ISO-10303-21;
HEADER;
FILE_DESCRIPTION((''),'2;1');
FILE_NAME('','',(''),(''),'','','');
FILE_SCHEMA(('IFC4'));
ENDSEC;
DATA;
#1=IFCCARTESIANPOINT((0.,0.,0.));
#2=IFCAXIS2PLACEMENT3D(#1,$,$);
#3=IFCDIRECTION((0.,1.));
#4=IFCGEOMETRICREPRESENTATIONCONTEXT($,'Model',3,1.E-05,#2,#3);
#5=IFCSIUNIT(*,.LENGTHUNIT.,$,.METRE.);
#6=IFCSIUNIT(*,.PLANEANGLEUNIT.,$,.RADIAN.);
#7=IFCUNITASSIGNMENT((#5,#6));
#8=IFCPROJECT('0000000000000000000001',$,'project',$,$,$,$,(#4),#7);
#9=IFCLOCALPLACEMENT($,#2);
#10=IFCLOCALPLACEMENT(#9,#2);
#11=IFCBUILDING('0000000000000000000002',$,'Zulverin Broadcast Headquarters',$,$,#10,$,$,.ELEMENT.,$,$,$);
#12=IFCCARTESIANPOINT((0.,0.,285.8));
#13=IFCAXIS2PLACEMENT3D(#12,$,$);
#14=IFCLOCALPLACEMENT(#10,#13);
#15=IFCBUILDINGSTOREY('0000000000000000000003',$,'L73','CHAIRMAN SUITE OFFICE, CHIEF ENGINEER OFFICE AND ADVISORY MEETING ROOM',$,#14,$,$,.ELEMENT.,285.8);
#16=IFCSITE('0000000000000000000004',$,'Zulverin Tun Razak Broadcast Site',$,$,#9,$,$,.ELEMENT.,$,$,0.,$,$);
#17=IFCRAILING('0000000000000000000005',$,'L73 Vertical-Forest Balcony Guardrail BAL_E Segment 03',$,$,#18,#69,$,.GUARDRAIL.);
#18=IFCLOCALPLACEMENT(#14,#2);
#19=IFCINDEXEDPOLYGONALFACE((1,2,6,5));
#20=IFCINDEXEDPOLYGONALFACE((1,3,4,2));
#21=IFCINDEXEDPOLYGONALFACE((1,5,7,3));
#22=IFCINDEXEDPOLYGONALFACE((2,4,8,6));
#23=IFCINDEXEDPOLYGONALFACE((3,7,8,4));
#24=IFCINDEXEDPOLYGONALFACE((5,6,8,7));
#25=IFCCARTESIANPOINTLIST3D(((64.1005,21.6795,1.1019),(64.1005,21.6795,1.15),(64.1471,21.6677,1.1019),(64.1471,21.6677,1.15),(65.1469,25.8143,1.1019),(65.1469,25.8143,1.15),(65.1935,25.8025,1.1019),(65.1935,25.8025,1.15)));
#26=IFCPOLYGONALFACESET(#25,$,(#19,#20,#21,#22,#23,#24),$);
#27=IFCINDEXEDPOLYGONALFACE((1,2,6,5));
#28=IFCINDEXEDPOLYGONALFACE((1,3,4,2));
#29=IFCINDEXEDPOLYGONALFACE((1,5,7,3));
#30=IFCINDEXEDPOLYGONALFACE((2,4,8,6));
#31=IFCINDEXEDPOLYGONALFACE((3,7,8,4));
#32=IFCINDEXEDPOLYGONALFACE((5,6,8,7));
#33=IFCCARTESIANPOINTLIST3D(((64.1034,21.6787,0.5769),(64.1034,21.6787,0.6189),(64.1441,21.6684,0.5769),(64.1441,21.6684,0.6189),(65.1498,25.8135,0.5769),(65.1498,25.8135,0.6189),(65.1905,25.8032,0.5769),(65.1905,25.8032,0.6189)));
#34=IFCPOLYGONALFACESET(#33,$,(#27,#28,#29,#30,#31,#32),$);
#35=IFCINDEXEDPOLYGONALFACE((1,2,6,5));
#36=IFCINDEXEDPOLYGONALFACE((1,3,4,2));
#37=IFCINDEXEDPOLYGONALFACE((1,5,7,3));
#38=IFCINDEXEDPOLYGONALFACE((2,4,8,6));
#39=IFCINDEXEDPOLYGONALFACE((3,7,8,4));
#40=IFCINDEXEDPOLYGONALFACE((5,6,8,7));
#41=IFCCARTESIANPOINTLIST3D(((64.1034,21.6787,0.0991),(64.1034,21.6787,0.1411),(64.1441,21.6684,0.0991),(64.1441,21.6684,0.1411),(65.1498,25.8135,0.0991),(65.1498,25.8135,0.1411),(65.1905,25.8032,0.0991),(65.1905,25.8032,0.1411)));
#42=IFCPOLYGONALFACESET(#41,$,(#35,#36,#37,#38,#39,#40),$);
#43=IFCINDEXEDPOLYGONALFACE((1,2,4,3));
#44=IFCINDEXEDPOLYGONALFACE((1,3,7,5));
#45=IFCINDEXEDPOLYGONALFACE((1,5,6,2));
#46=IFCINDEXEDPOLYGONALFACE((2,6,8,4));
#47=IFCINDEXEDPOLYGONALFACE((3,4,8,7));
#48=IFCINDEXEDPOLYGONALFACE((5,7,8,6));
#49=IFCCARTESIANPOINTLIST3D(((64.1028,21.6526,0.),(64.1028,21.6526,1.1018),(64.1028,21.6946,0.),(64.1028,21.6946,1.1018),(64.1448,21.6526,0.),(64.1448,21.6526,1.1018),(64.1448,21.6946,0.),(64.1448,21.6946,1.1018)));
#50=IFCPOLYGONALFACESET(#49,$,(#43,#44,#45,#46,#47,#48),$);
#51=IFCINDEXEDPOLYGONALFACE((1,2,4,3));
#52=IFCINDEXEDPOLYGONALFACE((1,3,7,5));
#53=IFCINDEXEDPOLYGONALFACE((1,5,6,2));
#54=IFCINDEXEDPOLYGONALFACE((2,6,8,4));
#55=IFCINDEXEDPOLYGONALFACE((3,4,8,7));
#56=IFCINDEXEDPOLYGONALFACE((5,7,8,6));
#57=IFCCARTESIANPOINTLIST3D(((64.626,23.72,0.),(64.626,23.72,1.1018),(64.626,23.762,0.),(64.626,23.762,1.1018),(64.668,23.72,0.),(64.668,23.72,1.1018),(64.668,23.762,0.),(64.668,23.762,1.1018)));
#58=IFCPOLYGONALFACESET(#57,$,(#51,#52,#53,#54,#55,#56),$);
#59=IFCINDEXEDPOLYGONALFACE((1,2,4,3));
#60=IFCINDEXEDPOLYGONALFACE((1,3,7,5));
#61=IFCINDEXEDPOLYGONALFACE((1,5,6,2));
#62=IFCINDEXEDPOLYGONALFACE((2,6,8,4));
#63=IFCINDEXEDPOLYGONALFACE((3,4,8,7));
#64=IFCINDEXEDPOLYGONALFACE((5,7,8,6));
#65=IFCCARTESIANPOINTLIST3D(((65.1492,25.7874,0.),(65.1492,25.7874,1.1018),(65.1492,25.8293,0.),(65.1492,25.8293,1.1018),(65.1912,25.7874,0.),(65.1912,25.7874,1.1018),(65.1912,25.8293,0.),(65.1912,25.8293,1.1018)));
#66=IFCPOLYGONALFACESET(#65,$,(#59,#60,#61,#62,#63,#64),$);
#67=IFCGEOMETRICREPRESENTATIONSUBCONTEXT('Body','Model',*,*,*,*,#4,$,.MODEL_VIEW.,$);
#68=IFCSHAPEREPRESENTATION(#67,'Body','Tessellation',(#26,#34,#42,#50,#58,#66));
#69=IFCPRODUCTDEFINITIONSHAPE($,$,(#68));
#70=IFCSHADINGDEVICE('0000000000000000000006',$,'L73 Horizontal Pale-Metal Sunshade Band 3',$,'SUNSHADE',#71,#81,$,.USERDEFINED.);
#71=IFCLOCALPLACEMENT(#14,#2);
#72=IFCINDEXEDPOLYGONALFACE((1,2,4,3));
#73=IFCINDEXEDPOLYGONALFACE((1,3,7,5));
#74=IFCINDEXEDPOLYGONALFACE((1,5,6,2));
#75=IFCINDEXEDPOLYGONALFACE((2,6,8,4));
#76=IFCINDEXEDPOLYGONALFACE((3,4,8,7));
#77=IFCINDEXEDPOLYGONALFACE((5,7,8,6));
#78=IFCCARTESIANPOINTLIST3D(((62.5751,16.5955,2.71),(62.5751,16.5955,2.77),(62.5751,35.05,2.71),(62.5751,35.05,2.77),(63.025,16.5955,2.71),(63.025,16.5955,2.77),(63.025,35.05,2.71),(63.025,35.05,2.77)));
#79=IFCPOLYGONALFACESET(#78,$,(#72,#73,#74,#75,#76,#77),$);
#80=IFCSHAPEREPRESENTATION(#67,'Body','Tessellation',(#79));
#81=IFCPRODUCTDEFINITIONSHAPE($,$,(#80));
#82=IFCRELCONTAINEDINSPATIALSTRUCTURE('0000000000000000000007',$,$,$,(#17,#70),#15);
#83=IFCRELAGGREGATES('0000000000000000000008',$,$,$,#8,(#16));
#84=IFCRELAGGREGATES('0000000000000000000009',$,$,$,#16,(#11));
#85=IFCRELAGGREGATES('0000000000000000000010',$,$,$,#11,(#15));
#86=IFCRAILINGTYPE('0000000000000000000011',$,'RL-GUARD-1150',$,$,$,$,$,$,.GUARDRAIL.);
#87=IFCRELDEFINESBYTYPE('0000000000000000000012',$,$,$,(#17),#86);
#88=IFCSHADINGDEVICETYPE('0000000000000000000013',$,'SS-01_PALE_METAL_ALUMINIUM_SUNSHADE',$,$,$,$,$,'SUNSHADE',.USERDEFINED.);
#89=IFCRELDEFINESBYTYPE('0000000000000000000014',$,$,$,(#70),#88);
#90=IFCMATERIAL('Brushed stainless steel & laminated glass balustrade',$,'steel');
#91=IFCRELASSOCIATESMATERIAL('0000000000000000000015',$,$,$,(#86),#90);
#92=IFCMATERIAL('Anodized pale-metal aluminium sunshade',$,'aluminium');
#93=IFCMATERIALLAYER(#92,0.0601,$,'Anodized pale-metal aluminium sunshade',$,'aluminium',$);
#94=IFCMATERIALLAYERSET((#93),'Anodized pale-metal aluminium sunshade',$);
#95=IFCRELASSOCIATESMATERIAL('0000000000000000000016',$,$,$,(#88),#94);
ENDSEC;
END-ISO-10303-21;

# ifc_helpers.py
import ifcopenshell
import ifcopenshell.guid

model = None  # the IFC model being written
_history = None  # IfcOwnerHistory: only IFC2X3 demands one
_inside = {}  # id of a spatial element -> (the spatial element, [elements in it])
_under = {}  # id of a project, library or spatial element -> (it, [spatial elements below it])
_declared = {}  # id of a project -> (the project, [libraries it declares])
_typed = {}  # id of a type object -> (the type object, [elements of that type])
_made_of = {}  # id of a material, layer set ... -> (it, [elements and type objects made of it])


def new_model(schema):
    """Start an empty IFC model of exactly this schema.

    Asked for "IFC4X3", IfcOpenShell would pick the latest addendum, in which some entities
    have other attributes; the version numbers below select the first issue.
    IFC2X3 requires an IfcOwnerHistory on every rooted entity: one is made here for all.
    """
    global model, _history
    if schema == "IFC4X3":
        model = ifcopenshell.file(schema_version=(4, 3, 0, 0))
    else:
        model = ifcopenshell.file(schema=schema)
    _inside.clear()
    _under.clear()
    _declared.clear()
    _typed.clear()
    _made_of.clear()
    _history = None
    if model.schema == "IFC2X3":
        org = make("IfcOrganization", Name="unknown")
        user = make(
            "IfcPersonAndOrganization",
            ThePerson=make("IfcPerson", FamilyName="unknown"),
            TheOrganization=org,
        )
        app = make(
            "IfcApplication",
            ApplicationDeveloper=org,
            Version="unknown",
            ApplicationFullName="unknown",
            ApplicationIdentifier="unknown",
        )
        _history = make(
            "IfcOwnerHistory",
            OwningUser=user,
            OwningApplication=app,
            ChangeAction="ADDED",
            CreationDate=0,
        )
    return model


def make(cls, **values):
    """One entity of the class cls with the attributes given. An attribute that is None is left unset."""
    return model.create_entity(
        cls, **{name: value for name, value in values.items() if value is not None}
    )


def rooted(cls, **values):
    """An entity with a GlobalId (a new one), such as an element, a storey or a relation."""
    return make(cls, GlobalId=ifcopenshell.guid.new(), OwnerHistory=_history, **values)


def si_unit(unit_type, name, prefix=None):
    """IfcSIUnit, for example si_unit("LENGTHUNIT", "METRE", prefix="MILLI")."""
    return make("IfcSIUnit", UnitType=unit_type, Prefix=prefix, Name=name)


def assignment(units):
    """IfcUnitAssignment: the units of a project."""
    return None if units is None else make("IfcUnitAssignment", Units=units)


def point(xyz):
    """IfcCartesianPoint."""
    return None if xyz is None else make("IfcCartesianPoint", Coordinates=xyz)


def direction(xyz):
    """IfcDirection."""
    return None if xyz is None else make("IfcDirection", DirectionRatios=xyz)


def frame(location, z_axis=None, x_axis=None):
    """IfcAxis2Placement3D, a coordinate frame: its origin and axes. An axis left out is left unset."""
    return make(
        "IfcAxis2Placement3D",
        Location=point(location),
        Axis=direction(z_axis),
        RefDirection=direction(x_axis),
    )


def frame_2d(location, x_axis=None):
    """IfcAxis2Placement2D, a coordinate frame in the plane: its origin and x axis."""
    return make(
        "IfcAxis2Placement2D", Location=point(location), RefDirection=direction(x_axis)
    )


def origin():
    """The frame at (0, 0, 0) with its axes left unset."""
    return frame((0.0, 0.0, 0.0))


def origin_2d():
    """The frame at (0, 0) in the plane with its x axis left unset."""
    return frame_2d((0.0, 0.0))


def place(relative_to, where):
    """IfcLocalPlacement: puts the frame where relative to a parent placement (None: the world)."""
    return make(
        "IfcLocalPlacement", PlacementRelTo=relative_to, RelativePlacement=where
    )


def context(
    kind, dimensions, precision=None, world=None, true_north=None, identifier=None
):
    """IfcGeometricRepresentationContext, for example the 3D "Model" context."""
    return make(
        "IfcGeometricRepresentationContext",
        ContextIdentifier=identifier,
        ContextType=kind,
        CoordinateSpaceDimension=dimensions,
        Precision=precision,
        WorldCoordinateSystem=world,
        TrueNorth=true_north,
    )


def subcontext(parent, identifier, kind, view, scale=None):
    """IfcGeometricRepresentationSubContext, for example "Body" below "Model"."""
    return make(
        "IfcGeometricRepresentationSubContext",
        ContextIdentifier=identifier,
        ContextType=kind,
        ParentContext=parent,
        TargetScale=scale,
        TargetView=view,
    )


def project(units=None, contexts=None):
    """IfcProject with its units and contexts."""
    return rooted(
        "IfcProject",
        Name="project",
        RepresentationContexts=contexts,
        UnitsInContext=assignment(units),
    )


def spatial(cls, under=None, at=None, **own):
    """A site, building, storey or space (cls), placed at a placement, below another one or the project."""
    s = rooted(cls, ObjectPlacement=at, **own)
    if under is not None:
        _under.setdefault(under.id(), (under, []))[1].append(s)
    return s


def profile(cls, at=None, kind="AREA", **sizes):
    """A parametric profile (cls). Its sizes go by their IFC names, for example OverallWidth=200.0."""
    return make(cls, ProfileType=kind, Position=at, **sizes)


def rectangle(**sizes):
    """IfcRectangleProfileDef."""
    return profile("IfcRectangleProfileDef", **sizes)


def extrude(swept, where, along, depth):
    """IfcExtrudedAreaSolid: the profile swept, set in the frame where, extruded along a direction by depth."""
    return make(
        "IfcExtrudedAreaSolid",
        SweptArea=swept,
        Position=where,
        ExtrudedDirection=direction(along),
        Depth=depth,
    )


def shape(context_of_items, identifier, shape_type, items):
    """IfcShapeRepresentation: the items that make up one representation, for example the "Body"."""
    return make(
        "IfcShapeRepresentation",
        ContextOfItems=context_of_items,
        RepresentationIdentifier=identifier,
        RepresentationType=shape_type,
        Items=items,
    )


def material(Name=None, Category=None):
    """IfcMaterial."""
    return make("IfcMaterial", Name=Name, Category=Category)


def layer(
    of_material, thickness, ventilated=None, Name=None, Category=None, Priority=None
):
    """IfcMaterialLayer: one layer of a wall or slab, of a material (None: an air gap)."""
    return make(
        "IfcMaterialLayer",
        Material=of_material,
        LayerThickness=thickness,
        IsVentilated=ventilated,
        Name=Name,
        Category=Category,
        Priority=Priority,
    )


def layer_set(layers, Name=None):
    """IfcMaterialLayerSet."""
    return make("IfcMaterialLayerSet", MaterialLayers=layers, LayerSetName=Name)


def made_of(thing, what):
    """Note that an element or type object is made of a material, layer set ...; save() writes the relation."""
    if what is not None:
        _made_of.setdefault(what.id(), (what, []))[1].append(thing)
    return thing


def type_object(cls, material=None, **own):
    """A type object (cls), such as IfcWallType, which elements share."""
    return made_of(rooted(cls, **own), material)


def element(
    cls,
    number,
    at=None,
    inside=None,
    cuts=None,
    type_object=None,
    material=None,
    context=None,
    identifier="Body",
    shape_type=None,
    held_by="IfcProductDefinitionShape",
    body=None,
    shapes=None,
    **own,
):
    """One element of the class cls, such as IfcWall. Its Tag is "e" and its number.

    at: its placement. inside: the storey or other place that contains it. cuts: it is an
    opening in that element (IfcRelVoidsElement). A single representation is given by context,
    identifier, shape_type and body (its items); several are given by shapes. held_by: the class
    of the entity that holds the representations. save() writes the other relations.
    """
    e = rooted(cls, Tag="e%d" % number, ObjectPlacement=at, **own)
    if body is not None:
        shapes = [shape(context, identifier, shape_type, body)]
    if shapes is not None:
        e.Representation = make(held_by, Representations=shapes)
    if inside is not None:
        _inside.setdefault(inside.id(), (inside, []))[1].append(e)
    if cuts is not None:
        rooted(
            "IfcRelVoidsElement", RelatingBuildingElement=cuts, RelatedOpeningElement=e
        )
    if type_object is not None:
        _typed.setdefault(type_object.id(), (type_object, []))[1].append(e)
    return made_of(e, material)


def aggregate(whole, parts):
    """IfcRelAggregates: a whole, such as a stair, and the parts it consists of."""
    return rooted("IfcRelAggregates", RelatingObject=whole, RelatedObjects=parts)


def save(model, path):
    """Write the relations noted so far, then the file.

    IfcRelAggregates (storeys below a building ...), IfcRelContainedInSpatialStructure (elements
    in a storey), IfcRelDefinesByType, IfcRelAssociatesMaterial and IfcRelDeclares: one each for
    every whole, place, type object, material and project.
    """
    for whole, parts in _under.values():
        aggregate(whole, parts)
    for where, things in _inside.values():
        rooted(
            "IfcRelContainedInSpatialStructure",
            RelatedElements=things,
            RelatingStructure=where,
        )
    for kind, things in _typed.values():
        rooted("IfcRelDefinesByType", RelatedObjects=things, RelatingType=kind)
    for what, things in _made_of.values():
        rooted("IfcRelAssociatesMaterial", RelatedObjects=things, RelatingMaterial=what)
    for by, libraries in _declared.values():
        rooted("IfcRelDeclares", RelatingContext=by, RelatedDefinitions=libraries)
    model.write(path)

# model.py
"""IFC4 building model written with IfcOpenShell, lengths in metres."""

from ifc_helpers import new_model, si_unit, direction, frame, origin, origin_2d, place, context, subcontext, project, spatial, rectangle, extrude, material, layer, layer_set, type_object, element, save


model = new_model("IFC4")

# Units and contexts
model_context = context("Model", 3, precision=1e-05, world=origin(), true_north=direction((0.0, 1.0)))
body_context = subcontext(model_context, "Body", "Model", "MODEL_VIEW")
ifc_project = project(units=[si_unit("LENGTHUNIT", "METRE"), si_unit("PLANEANGLEUNIT", "RADIAN")], contexts=[model_context])

# Site, building, storey
site_placement = place(None, origin())
site = spatial("IfcSite", under=ifc_project, at=site_placement, Name="Zulverin Tun Razak Broadcast Site", CompositionType="ELEMENT", RefElevation=0.0)
building_placement = place(site_placement, origin())
building = spatial("IfcBuilding", under=site, at=building_placement, Name="Zulverin Broadcast Headquarters", CompositionType="ELEMENT")
storey_placement = place(building_placement, frame((0.0, 0.0, 285.8)))
storey = spatial("IfcBuildingStorey", under=building, at=storey_placement, Name="L73", Description="CHAIRMAN SUITE OFFICE, CHIEF ENGINEER OFFICE AND ADVISORY MEETING ROOM", CompositionType="ELEMENT", Elevation=285.8)

# Railing
ifc_material_1 = material(Name="Brushed stainless steel & laminated glass balustrade", Category="steel")
railing_type = type_object("IfcRailingType", Name="RL-GUARD-1150", PredefinedType="GUARDRAIL", material=ifc_material_1)
railing_1_placement = place(storey_placement, frame((64.1238, 21.6736, 0.0)))
element("IfcRailing", 1, at=railing_1_placement, inside=storey, type_object=railing_type, Name="L73 Vertical-Forest Balcony Guardrail BAL_E Segment 03", PredefinedType="GUARDRAIL", context=body_context, shape_type="SweptSolid", body=[
    extrude(rectangle(XDim=0.0481, YDim=0.0481, at=origin_2d()), frame((0.0, 0.0, 1.126), z_axis=(0.245336, 0.969438, 0.0), x_axis=(-0.969438, 0.245336, 0.0)), (0.0, 0.0, 1.0), 4.2651),
    extrude(rectangle(XDim=0.042, YDim=0.042, at=origin_2d()), frame((0.0, 0.0, 0.5979), z_axis=(0.245336, 0.969438, 0.0), x_axis=(-0.969438, 0.245336, 0.0)), (0.0, 0.0, 1.0), 4.2651),
    extrude(rectangle(XDim=0.042, YDim=0.042, at=origin_2d()), frame((0.0, 0.0, 0.1201), z_axis=(0.245336, 0.969438, 0.0), x_axis=(-0.969438, 0.245336, 0.0)), (0.0, 0.0, 1.0), 4.2651),
    extrude(rectangle(XDim=0.042, YDim=0.042, at=origin_2d()), origin(), (0.0, 0.0, 1.0), 1.1018),
    extrude(rectangle(XDim=0.042, YDim=0.042, at=origin_2d()), frame((0.5232, 2.0674, 0.0)), (0.0, 0.0, 1.0), 1.1018),
    extrude(rectangle(XDim=0.042, YDim=0.042, at=origin_2d()), frame((1.0464, 4.1348, 0.0)), (0.0, 0.0, 1.0), 1.1018),
])

# Shading device
ifc_material_2 = material(Name="Anodized pale-metal aluminium sunshade", Category="aluminium")
ifc_layer_1 = layer(ifc_material_2, 0.0601, Name="Anodized pale-metal aluminium sunshade", Category="aluminium")
ifc_layer_set_1 = layer_set([ifc_layer_1], Name="Anodized pale-metal aluminium sunshade")
shading_device_type = type_object("IfcShadingDeviceType", Name="SS-01_PALE_METAL_ALUMINIUM_SUNSHADE", ElementType="SUNSHADE", PredefinedType="USERDEFINED", material=ifc_layer_set_1)
shading_device_placement = place(storey_placement, frame((62.8, 25.8228, 2.71), z_axis=(0.0, 0.0, 1.0), x_axis=(0.0, 1.0, 0.0)))
element("IfcShadingDevice", 2, at=shading_device_placement, inside=storey, type_object=shading_device_type, Name="L73 Horizontal Pale-Metal Sunshade Band 3", ObjectType="SUNSHADE", PredefinedType="USERDEFINED", context=body_context, shape_type="SweptSolid", body=[
    extrude(rectangle(XDim=18.4546, YDim=0.45, at=origin_2d()), origin(), (0.0, 0.0, 1.0), 0.0601),
])

save(model, "model.ifc")
